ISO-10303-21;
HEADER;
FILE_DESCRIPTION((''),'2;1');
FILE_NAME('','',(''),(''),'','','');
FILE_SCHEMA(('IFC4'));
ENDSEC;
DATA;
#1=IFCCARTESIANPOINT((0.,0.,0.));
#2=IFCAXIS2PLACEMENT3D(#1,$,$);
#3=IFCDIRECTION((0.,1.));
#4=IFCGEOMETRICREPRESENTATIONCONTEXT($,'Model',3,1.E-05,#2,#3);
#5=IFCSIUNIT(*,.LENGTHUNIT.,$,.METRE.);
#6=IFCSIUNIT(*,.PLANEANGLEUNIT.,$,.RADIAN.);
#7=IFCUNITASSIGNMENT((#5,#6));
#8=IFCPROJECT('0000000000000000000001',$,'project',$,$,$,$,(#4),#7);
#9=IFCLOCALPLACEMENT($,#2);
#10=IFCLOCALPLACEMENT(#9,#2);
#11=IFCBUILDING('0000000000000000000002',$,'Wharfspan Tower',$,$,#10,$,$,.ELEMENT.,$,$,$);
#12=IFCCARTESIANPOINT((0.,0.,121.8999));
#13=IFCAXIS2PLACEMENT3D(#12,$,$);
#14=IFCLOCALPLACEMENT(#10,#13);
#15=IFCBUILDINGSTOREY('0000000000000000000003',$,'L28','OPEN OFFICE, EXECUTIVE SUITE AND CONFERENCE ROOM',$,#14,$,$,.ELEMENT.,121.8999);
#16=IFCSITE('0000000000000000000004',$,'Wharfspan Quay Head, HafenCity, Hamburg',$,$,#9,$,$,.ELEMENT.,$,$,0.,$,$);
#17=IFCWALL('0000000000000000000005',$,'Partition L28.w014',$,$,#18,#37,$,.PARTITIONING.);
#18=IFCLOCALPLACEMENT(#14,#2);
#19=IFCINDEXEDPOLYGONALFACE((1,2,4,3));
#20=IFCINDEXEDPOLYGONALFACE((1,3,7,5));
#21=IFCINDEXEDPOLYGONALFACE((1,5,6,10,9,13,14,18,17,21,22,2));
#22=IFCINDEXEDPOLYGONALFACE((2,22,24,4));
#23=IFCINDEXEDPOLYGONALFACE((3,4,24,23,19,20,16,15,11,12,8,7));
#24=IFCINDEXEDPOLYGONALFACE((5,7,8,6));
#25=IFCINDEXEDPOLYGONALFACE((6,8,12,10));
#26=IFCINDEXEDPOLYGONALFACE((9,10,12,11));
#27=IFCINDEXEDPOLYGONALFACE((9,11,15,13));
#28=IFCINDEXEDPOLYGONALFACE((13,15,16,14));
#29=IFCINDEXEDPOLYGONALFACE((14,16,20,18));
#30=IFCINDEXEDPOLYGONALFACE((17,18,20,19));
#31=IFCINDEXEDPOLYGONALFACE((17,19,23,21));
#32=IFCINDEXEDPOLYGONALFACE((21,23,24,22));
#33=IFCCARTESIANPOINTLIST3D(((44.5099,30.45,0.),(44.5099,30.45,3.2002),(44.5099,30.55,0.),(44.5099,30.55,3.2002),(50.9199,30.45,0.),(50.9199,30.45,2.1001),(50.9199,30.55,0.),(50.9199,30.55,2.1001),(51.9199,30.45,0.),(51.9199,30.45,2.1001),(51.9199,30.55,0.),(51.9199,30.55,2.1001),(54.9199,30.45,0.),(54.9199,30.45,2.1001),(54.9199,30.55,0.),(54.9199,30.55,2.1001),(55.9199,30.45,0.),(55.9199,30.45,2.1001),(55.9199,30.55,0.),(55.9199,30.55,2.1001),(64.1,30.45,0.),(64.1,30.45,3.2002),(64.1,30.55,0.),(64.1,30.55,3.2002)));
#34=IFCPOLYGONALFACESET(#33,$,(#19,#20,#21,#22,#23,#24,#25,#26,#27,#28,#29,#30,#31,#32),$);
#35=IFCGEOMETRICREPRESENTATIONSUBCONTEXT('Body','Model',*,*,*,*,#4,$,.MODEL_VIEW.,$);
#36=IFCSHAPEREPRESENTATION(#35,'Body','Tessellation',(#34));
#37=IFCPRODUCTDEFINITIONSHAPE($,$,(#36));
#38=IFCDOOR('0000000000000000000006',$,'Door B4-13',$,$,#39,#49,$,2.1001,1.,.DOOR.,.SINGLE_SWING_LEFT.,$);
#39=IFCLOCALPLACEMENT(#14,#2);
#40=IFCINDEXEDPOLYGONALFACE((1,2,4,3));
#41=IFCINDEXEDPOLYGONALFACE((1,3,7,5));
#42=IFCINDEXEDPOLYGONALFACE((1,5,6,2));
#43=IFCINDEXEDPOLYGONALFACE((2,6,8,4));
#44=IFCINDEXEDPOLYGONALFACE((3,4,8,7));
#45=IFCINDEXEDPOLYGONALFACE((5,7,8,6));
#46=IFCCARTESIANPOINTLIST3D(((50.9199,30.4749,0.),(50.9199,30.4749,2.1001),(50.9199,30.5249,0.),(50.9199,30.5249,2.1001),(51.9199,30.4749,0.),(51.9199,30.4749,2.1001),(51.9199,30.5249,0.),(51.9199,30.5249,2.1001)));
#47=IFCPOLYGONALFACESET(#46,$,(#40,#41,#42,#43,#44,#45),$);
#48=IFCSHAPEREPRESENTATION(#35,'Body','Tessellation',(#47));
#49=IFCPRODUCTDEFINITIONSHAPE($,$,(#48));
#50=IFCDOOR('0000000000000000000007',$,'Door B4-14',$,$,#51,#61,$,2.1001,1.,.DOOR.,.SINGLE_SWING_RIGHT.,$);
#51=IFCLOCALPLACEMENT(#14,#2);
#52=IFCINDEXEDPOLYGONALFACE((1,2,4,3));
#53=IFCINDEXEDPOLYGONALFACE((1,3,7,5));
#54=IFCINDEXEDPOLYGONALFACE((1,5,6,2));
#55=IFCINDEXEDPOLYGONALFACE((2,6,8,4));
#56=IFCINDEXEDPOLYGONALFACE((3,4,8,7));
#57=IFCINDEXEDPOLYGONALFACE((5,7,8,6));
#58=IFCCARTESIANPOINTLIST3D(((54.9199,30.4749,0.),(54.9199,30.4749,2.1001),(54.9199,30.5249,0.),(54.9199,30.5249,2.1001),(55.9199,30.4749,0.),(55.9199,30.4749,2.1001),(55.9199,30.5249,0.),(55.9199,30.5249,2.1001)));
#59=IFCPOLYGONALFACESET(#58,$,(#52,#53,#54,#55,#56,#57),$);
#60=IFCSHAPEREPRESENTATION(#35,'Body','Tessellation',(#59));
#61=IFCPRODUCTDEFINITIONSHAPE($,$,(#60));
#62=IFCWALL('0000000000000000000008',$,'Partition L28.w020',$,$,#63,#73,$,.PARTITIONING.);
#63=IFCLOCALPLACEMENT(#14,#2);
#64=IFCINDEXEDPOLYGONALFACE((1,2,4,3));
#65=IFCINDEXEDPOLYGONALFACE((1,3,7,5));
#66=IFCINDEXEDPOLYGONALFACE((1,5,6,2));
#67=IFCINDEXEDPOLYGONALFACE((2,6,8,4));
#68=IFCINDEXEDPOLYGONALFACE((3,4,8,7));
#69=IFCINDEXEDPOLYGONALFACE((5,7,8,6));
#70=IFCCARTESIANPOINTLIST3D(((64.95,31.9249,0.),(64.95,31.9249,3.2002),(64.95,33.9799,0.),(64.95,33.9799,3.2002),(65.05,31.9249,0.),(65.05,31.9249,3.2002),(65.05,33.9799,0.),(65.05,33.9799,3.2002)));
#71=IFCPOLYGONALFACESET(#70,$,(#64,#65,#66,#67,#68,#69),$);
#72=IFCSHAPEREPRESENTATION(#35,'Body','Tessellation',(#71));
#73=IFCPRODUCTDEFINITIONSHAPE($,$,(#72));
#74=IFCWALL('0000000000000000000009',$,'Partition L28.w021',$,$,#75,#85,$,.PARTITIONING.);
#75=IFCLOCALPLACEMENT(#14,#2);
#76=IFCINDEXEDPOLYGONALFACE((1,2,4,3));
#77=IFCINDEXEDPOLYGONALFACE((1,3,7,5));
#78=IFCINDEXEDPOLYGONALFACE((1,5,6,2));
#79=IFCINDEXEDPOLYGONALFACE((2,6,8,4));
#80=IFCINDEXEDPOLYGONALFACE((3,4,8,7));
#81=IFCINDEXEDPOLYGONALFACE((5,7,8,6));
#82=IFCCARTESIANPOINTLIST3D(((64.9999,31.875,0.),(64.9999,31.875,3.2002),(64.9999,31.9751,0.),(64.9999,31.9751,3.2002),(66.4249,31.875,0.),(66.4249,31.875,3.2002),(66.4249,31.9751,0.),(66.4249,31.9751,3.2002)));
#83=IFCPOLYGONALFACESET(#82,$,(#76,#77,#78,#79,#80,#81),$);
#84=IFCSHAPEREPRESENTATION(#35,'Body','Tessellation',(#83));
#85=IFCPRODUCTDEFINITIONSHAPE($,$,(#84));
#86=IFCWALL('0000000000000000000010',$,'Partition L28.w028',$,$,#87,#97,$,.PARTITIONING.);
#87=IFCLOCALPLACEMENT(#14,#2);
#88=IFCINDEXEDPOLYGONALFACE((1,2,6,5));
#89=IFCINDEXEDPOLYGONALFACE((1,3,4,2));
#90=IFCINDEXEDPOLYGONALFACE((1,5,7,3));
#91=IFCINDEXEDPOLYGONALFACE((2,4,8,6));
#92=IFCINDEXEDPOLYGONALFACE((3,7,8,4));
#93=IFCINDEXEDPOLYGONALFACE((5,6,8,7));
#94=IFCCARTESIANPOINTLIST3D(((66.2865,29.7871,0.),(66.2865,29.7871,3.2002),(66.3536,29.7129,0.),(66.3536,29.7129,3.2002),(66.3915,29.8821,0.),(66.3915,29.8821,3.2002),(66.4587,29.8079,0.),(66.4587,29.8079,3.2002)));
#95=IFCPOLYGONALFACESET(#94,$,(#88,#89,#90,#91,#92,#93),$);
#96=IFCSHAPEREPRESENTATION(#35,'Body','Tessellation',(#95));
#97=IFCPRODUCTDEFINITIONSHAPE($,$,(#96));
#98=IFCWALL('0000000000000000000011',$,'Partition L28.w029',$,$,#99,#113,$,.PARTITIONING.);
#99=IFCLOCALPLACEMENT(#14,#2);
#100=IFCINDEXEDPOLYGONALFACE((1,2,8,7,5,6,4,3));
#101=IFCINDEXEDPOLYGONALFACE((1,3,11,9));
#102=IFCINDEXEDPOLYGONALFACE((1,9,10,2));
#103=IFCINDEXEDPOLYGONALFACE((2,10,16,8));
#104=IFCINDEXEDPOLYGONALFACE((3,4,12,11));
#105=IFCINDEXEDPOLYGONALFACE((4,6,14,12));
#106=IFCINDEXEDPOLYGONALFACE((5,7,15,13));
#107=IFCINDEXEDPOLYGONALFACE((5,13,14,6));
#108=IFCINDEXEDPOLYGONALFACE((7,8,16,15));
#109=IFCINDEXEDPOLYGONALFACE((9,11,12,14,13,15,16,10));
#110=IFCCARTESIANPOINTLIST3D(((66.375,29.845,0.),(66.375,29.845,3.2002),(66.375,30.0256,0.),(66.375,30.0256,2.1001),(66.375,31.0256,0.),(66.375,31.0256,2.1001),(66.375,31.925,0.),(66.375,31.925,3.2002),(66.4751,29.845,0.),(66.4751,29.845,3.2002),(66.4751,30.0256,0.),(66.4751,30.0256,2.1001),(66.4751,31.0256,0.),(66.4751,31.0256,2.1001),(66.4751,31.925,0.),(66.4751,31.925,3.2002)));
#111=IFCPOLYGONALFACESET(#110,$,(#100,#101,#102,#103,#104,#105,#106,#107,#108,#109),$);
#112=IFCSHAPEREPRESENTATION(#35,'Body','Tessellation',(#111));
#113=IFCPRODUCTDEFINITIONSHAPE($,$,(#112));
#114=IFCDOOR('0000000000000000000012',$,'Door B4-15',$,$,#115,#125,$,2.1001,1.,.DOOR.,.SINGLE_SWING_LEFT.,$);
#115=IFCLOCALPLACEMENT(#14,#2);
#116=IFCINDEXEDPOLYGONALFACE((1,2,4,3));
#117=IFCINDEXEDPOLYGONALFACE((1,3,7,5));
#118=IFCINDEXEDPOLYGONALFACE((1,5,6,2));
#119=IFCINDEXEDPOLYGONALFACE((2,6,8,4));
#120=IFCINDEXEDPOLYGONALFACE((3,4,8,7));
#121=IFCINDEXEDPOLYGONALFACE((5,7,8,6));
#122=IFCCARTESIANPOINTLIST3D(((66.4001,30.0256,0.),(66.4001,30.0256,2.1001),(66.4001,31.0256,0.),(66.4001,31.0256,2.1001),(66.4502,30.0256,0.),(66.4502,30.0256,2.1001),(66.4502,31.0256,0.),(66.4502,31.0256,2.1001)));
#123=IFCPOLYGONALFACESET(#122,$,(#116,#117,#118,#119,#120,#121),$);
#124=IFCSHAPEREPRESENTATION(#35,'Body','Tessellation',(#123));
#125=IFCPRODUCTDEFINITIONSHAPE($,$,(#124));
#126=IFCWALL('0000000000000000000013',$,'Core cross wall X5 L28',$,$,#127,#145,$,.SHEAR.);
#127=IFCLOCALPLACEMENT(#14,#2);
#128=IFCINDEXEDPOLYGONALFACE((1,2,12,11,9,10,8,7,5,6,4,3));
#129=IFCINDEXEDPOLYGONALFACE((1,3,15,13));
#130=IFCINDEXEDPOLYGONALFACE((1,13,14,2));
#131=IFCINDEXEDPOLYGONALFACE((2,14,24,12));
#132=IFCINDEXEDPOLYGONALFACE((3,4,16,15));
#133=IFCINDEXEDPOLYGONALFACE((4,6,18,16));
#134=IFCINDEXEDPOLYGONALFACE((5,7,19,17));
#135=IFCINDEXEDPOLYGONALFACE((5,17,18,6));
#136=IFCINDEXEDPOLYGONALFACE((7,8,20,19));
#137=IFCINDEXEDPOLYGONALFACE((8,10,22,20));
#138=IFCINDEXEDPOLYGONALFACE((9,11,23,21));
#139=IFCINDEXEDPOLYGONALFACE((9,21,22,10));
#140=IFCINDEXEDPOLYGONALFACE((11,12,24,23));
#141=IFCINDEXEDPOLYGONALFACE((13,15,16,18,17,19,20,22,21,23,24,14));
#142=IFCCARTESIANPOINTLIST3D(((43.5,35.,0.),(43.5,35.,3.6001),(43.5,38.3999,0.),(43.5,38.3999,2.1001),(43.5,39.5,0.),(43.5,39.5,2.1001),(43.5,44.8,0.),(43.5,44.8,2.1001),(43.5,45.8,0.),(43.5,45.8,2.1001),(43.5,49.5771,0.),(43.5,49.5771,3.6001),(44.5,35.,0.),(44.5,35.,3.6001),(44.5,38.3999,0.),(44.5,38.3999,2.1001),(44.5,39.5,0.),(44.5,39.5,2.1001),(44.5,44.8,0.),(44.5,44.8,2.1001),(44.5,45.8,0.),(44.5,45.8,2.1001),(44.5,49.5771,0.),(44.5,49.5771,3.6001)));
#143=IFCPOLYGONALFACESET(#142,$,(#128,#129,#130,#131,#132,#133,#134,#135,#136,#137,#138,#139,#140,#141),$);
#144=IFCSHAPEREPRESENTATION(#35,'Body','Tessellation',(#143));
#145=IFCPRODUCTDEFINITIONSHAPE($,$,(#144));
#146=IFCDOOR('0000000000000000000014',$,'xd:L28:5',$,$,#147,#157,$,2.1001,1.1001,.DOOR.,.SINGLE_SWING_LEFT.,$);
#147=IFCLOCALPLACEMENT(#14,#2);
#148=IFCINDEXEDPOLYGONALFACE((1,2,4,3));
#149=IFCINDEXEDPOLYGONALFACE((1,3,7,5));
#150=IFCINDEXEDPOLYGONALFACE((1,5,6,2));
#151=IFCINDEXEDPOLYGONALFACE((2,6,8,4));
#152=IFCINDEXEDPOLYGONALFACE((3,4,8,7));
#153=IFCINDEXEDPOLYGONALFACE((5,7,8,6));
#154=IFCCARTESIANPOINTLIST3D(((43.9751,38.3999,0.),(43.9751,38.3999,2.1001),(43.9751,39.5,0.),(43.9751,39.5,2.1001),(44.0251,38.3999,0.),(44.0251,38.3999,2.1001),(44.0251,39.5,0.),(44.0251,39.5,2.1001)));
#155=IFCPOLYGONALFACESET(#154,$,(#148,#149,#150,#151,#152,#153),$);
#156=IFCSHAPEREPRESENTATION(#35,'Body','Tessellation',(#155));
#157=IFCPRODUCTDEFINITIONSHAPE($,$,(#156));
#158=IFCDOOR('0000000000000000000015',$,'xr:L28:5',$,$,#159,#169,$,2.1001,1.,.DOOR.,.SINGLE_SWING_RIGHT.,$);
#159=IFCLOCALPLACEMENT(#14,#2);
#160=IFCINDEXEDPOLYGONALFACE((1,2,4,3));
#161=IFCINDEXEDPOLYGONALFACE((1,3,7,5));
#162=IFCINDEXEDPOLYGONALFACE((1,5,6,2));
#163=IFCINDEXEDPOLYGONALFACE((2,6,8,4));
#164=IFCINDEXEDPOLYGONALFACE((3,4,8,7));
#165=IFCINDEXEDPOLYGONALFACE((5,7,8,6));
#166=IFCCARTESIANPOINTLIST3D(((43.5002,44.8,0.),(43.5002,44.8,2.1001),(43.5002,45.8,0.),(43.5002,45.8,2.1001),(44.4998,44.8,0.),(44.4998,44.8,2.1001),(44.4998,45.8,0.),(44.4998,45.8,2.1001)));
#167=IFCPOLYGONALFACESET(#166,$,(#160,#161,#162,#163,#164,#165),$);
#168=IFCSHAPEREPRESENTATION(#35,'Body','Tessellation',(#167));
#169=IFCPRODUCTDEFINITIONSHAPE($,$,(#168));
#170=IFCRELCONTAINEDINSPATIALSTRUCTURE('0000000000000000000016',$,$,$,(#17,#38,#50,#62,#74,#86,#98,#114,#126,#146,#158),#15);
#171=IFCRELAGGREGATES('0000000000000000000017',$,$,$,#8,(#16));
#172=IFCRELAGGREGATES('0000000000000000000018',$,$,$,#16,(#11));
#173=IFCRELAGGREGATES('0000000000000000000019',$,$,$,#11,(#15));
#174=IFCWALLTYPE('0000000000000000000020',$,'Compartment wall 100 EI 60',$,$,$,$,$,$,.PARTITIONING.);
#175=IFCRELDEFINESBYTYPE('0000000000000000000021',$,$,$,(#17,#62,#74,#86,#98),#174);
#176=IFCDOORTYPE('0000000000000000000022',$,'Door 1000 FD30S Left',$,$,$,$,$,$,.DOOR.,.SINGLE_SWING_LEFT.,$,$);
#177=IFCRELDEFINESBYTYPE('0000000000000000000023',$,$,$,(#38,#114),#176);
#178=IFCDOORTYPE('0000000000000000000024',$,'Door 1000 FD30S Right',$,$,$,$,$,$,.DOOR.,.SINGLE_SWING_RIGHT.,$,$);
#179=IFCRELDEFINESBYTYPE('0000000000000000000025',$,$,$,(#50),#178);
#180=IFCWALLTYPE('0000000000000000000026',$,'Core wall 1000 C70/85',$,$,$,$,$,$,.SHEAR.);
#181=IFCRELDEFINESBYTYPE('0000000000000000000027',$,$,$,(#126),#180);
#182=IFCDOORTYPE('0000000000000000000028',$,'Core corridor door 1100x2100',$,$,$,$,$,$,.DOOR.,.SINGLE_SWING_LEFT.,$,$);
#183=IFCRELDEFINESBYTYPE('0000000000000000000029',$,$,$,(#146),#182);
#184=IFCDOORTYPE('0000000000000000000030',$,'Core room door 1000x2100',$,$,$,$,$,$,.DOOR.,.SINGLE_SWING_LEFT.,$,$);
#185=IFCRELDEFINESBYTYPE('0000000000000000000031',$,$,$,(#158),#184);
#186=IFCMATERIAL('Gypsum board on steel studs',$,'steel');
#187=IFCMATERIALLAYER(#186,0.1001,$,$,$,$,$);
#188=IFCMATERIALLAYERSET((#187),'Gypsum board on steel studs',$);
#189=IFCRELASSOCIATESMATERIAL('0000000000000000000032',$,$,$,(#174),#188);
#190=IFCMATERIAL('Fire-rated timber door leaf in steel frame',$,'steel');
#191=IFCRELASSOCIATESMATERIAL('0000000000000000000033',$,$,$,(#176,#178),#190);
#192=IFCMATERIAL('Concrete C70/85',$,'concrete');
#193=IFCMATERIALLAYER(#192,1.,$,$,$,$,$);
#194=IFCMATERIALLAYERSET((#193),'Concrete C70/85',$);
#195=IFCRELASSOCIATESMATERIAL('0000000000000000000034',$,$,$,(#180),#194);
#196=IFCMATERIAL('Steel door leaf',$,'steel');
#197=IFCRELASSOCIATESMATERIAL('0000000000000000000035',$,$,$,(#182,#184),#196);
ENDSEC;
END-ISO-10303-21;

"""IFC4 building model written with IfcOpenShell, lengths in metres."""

from ifc_helpers import new_model, si_unit, direction, frame, frame_2d, origin, place, context, subcontext, project, spatial, rectangle, extrude, material, layer, layer_set, type_object, element, fill, save


model = new_model("IFC4")

# Units and contexts
model_context = context("Model", 3, precision=1e-05, world=origin(), true_north=direction((0.0, 1.0)))
body_context = subcontext(model_context, "Body", "Model", "MODEL_VIEW")
ifc_project = project(units=[si_unit("LENGTHUNIT", "METRE"), si_unit("PLANEANGLEUNIT", "RADIAN")], contexts=[model_context])

# Site, building, storey
site_placement = place(None, origin())
site = spatial("IfcSite", under=ifc_project, at=site_placement, Name="Wharfspan Quay Head, HafenCity, Hamburg", CompositionType="ELEMENT", RefElevation=0.0)
building_placement = place(site_placement, origin())
building = spatial("IfcBuilding", under=site, at=building_placement, Name="Wharfspan Tower", CompositionType="ELEMENT")
storey_placement = place(building_placement, frame((0.0, 0.0, 121.8999)))
storey = spatial("IfcBuildingStorey", under=building, at=storey_placement, Name="L28", Description="OPEN OFFICE, EXECUTIVE SUITE AND CONFERENCE ROOM", CompositionType="ELEMENT", Elevation=121.8999)

# Wall, openings, doors
ifc_material_1 = material(Name="Gypsum board on steel studs", Category="steel")
ifc_layer_1 = layer(ifc_material_1, 0.1001)
ifc_layer_set_1 = layer_set([ifc_layer_1], Name="Gypsum board on steel studs")
wall_type_1 = type_object("IfcWallType", Name="Compartment wall 100 EI 60", PredefinedType="PARTITIONING", material=ifc_layer_set_1)
wall_1_placement = place(storey_placement, frame((44.51, 30.5, 0.0), z_axis=(0.0, 0.0, 1.0), x_axis=(1.0, 0.0, 0.0)))
wall_1 = element("IfcWall", 1, at=wall_1_placement, inside=storey, type_object=wall_type_1, Name="Partition L28.w014", PredefinedType="PARTITIONING", context=body_context, shape_type="SweptSolid", body=[
    extrude(rectangle(XDim=19.5901, YDim=0.1001, at=frame_2d((9.7949, 0.0))), origin(), (0.0, 0.0, 1.0), 3.2002),
])
opening_1_placement = place(wall_1_placement, frame((6.4099, 0.0, 0.0)))
opening_1 = element("IfcOpeningElement", 2, at=opening_1_placement, cuts=wall_1, PredefinedType="OPENING", context=body_context, shape_type="SweptSolid", body=[
    extrude(rectangle(XDim=1.0, YDim=2.1001, at=frame_2d((0.5, 1.05))), frame((0.0, 0.0601, 0.0), z_axis=(0.0, -1.0, 0.0), x_axis=(1.0, 0.0, 0.0)), (0.0, 0.0, 1.0), 0.1201),
])
opening_2_placement = place(wall_1_placement, frame((10.4099, 0.0, 0.0)))
opening_2 = element("IfcOpeningElement", 3, at=opening_2_placement, cuts=wall_1, PredefinedType="OPENING", context=body_context, shape_type="SweptSolid", body=[
    extrude(rectangle(XDim=1.0, YDim=2.1001, at=frame_2d((0.5, 1.05))), frame((0.0, 0.0601, 0.0), z_axis=(0.0, -1.0, 0.0), x_axis=(1.0, 0.0, 0.0)), (0.0, 0.0, 1.0), 0.1201),
])
ifc_material_2 = material(Name="Fire-rated timber door leaf in steel frame", Category="steel")
door_type_1 = type_object("IfcDoorType", Name="Door 1000 FD30S Left", OperationType="SINGLE_SWING_LEFT", PredefinedType="DOOR", material=ifc_material_2)
door_1_placement = place(opening_1_placement, origin())
door_1 = element("IfcDoor", 4, at=door_1_placement, inside=storey, type_object=door_type_1, Name="Door B4-13", OperationType="SINGLE_SWING_LEFT", OverallHeight=2.1001, OverallWidth=1.0, PredefinedType="DOOR", context=body_context, shape_type="SweptSolid", body=[
    extrude(rectangle(XDim=1.0, YDim=2.1001, at=frame_2d((0.5, 1.05))), frame((0.0, 0.0249, 0.0), z_axis=(0.0, -1.0, 0.0), x_axis=(1.0, 0.0, 0.0)), (0.0, 0.0, 1.0), 0.05),
])
fill(opening_1, door_1)
door_type_2 = type_object("IfcDoorType", Name="Door 1000 FD30S Right", OperationType="SINGLE_SWING_RIGHT", PredefinedType="DOOR", material=ifc_material_2)
door_2_placement = place(opening_2_placement, origin())
door_2 = element("IfcDoor", 5, at=door_2_placement, inside=storey, type_object=door_type_2, Name="Door B4-14", OperationType="SINGLE_SWING_RIGHT", OverallHeight=2.1001, OverallWidth=1.0, PredefinedType="DOOR", context=body_context, shape_type="SweptSolid", body=[
    extrude(rectangle(XDim=1.0, YDim=2.1001, at=frame_2d((0.5, 1.05))), frame((0.0, 0.0249, 0.0), z_axis=(0.0, -1.0, 0.0), x_axis=(1.0, 0.0, 0.0)), (0.0, 0.0, 1.0), 0.05),
])
fill(opening_2, door_2)

# Walls
wall_2_placement = place(storey_placement, frame((65.0, 31.925, 0.0), z_axis=(0.0, 0.0, 1.0), x_axis=(0.0, 1.0, 0.0)))
element("IfcWall", 6, at=wall_2_placement, inside=storey, type_object=wall_type_1, Name="Partition L28.w020", PredefinedType="PARTITIONING", context=body_context, shape_type="SweptSolid", body=[
    extrude(rectangle(XDim=2.0549, YDim=0.1001, at=frame_2d((1.0273, 0.0))), origin(), (0.0, 0.0, 1.0), 3.2002),
])
wall_3_placement = place(storey_placement, frame((65.0, 31.925, 0.0), z_axis=(0.0, 0.0, 1.0), x_axis=(1.0, 0.0, 0.0)))
element("IfcWall", 7, at=wall_3_placement, inside=storey, type_object=wall_type_1, Name="Partition L28.w021", PredefinedType="PARTITIONING", context=body_context, shape_type="SweptSolid", body=[
    extrude(rectangle(XDim=1.425, YDim=0.1001, at=frame_2d((0.7124, 0.0))), origin(), (0.0, 0.0, 1.0), 3.2002),
])
wall_4_placement = place(storey_placement, frame((66.3201, 29.75, 0.0), z_axis=(0.0, 0.0, 1.0), x_axis=(0.741581, 0.670872, 0.0)))
element("IfcWall", 8, at=wall_4_placement, inside=storey, type_object=wall_type_1, Name="Partition L28.w028", PredefinedType="PARTITIONING", context=body_context, shape_type="SweptSolid", body=[
    extrude(rectangle(XDim=0.1416, YDim=0.1001, at=frame_2d((0.0708, 0.0))), origin(), (0.0, 0.0, 1.0), 3.2002),
])

# Wall, opening, door
wall_5_placement = place(storey_placement, frame((66.425, 29.845, 0.0), z_axis=(0.0, 0.0, 1.0), x_axis=(0.0, 1.0, 0.0)))
wall_5 = element("IfcWall", 9, at=wall_5_placement, inside=storey, type_object=wall_type_1, Name="Partition L28.w029", PredefinedType="PARTITIONING", context=body_context, shape_type="SweptSolid", body=[
    extrude(rectangle(XDim=2.0801, YDim=0.1001, at=frame_2d((1.04, 0.0))), origin(), (0.0, 0.0, 1.0), 3.2002),
])
opening_3_placement = place(wall_5_placement, frame((0.1807, 0.0, 0.0)))
opening_3 = element("IfcOpeningElement", 10, at=opening_3_placement, cuts=wall_5, PredefinedType="OPENING", context=body_context, shape_type="SweptSolid", body=[
    extrude(rectangle(XDim=1.0, YDim=2.1001, at=frame_2d((0.5, 1.05))), frame((0.0, 0.0601, 0.0), z_axis=(0.0, -1.0, 0.0), x_axis=(1.0, 0.0, 0.0)), (0.0, 0.0, 1.0), 0.1201),
])
door_3_placement = place(opening_3_placement, origin())
door_3 = element("IfcDoor", 11, at=door_3_placement, inside=storey, type_object=door_type_1, Name="Door B4-15", OperationType="SINGLE_SWING_LEFT", OverallHeight=2.1001, OverallWidth=1.0, PredefinedType="DOOR", context=body_context, shape_type="SweptSolid", body=[
    extrude(rectangle(XDim=1.0, YDim=2.1001, at=frame_2d((0.5, 1.05))), frame((0.0, 0.0249, 0.0), z_axis=(0.0, -1.0, 0.0), x_axis=(1.0, 0.0, 0.0)), (0.0, 0.0, 1.0), 0.05),
])
fill(opening_3, door_3)

# Wall, openings, doors
ifc_material_3 = material(Name="Concrete C70/85", Category="concrete")
ifc_layer_2 = layer(ifc_material_3, 1.0)
ifc_layer_set_2 = layer_set([ifc_layer_2], Name="Concrete C70/85")
wall_type_2 = type_object("IfcWallType", Name="Core wall 1000 C70/85", PredefinedType="SHEAR", material=ifc_layer_set_2)
wall_6_placement = place(storey_placement, frame((44.0, 35.0, 0.0), z_axis=(0.0, 0.0, 1.0), x_axis=(0.0, 1.0, 0.0)))
wall_6 = element("IfcWall", 12, at=wall_6_placement, inside=storey, type_object=wall_type_2, Name="Core cross wall X5 L28", PredefinedType="SHEAR", context=body_context, shape_type="SweptSolid", body=[
    extrude(rectangle(XDim=14.5771, YDim=1.0, at=frame_2d((7.2886, 0.0))), origin(), (0.0, 0.0, 1.0), 3.6001),
])
opening_4_placement = place(wall_6_placement, frame((3.3999, 0.0, 0.0)))
opening_4 = element("IfcOpeningElement", 13, at=opening_4_placement, cuts=wall_6, PredefinedType="OPENING", context=body_context, shape_type="SweptSolid", body=[
    extrude(rectangle(XDim=1.1001, YDim=2.1001, at=frame_2d((0.55, 1.05))), frame((0.0, 0.51, 0.0), z_axis=(0.0, -1.0, 0.0), x_axis=(1.0, 0.0, 0.0)), (0.0, 0.0, 1.0), 1.02),
])
opening_5_placement = place(wall_6_placement, frame((9.8, 0.0, 0.0)))
opening_5 = element("IfcOpeningElement", 14, at=opening_5_placement, cuts=wall_6, PredefinedType="OPENING", context=body_context, shape_type="SweptSolid", body=[
    extrude(rectangle(XDim=1.0, YDim=2.1001, at=frame_2d((0.5, 1.05))), frame((0.0, 0.51, 0.0), z_axis=(0.0, -1.0, 0.0), x_axis=(1.0, 0.0, 0.0)), (0.0, 0.0, 1.0), 1.02),
])
ifc_material_4 = material(Name="Steel door leaf", Category="steel")
door_type_3 = type_object("IfcDoorType", Name="Core corridor door 1100x2100", OperationType="SINGLE_SWING_LEFT", PredefinedType="DOOR", material=ifc_material_4)
door_4_placement = place(opening_4_placement, origin())
door_4 = element("IfcDoor", 15, at=door_4_placement, inside=storey, type_object=door_type_3, Name="xd:L28:5", OperationType="SINGLE_SWING_LEFT", OverallHeight=2.1001, OverallWidth=1.1001, PredefinedType="DOOR", context=body_context, shape_type="SweptSolid", body=[
    extrude(rectangle(XDim=1.1001, YDim=2.1001, at=frame_2d((0.55, 1.05))), frame((0.0, 0.0249, 0.0), z_axis=(0.0, -1.0, 0.0), x_axis=(1.0, 0.0, 0.0)), (0.0, 0.0, 1.0), 0.05),
])
fill(opening_4, door_4)
door_type_4 = type_object("IfcDoorType", Name="Core room door 1000x2100", OperationType="SINGLE_SWING_LEFT", PredefinedType="DOOR", material=ifc_material_4)
door_5_placement = place(opening_5_placement, origin())
door_5 = element("IfcDoor", 16, at=door_5_placement, inside=storey, type_object=door_type_4, Name="xr:L28:5", OperationType="SINGLE_SWING_RIGHT", OverallHeight=2.1001, OverallWidth=1.0, PredefinedType="DOOR", context=body_context, shape_type="SweptSolid", body=[
    extrude(rectangle(XDim=1.0, YDim=2.1001, at=frame_2d((0.5, 1.05))), frame((0.0, 0.4998, 0.0), z_axis=(0.0, -1.0, 0.0), x_axis=(1.0, 0.0, 0.0)), (0.0, 0.0, 1.0), 0.9995),
])
fill(opening_5, door_5)

save(model, "model.ifc")
